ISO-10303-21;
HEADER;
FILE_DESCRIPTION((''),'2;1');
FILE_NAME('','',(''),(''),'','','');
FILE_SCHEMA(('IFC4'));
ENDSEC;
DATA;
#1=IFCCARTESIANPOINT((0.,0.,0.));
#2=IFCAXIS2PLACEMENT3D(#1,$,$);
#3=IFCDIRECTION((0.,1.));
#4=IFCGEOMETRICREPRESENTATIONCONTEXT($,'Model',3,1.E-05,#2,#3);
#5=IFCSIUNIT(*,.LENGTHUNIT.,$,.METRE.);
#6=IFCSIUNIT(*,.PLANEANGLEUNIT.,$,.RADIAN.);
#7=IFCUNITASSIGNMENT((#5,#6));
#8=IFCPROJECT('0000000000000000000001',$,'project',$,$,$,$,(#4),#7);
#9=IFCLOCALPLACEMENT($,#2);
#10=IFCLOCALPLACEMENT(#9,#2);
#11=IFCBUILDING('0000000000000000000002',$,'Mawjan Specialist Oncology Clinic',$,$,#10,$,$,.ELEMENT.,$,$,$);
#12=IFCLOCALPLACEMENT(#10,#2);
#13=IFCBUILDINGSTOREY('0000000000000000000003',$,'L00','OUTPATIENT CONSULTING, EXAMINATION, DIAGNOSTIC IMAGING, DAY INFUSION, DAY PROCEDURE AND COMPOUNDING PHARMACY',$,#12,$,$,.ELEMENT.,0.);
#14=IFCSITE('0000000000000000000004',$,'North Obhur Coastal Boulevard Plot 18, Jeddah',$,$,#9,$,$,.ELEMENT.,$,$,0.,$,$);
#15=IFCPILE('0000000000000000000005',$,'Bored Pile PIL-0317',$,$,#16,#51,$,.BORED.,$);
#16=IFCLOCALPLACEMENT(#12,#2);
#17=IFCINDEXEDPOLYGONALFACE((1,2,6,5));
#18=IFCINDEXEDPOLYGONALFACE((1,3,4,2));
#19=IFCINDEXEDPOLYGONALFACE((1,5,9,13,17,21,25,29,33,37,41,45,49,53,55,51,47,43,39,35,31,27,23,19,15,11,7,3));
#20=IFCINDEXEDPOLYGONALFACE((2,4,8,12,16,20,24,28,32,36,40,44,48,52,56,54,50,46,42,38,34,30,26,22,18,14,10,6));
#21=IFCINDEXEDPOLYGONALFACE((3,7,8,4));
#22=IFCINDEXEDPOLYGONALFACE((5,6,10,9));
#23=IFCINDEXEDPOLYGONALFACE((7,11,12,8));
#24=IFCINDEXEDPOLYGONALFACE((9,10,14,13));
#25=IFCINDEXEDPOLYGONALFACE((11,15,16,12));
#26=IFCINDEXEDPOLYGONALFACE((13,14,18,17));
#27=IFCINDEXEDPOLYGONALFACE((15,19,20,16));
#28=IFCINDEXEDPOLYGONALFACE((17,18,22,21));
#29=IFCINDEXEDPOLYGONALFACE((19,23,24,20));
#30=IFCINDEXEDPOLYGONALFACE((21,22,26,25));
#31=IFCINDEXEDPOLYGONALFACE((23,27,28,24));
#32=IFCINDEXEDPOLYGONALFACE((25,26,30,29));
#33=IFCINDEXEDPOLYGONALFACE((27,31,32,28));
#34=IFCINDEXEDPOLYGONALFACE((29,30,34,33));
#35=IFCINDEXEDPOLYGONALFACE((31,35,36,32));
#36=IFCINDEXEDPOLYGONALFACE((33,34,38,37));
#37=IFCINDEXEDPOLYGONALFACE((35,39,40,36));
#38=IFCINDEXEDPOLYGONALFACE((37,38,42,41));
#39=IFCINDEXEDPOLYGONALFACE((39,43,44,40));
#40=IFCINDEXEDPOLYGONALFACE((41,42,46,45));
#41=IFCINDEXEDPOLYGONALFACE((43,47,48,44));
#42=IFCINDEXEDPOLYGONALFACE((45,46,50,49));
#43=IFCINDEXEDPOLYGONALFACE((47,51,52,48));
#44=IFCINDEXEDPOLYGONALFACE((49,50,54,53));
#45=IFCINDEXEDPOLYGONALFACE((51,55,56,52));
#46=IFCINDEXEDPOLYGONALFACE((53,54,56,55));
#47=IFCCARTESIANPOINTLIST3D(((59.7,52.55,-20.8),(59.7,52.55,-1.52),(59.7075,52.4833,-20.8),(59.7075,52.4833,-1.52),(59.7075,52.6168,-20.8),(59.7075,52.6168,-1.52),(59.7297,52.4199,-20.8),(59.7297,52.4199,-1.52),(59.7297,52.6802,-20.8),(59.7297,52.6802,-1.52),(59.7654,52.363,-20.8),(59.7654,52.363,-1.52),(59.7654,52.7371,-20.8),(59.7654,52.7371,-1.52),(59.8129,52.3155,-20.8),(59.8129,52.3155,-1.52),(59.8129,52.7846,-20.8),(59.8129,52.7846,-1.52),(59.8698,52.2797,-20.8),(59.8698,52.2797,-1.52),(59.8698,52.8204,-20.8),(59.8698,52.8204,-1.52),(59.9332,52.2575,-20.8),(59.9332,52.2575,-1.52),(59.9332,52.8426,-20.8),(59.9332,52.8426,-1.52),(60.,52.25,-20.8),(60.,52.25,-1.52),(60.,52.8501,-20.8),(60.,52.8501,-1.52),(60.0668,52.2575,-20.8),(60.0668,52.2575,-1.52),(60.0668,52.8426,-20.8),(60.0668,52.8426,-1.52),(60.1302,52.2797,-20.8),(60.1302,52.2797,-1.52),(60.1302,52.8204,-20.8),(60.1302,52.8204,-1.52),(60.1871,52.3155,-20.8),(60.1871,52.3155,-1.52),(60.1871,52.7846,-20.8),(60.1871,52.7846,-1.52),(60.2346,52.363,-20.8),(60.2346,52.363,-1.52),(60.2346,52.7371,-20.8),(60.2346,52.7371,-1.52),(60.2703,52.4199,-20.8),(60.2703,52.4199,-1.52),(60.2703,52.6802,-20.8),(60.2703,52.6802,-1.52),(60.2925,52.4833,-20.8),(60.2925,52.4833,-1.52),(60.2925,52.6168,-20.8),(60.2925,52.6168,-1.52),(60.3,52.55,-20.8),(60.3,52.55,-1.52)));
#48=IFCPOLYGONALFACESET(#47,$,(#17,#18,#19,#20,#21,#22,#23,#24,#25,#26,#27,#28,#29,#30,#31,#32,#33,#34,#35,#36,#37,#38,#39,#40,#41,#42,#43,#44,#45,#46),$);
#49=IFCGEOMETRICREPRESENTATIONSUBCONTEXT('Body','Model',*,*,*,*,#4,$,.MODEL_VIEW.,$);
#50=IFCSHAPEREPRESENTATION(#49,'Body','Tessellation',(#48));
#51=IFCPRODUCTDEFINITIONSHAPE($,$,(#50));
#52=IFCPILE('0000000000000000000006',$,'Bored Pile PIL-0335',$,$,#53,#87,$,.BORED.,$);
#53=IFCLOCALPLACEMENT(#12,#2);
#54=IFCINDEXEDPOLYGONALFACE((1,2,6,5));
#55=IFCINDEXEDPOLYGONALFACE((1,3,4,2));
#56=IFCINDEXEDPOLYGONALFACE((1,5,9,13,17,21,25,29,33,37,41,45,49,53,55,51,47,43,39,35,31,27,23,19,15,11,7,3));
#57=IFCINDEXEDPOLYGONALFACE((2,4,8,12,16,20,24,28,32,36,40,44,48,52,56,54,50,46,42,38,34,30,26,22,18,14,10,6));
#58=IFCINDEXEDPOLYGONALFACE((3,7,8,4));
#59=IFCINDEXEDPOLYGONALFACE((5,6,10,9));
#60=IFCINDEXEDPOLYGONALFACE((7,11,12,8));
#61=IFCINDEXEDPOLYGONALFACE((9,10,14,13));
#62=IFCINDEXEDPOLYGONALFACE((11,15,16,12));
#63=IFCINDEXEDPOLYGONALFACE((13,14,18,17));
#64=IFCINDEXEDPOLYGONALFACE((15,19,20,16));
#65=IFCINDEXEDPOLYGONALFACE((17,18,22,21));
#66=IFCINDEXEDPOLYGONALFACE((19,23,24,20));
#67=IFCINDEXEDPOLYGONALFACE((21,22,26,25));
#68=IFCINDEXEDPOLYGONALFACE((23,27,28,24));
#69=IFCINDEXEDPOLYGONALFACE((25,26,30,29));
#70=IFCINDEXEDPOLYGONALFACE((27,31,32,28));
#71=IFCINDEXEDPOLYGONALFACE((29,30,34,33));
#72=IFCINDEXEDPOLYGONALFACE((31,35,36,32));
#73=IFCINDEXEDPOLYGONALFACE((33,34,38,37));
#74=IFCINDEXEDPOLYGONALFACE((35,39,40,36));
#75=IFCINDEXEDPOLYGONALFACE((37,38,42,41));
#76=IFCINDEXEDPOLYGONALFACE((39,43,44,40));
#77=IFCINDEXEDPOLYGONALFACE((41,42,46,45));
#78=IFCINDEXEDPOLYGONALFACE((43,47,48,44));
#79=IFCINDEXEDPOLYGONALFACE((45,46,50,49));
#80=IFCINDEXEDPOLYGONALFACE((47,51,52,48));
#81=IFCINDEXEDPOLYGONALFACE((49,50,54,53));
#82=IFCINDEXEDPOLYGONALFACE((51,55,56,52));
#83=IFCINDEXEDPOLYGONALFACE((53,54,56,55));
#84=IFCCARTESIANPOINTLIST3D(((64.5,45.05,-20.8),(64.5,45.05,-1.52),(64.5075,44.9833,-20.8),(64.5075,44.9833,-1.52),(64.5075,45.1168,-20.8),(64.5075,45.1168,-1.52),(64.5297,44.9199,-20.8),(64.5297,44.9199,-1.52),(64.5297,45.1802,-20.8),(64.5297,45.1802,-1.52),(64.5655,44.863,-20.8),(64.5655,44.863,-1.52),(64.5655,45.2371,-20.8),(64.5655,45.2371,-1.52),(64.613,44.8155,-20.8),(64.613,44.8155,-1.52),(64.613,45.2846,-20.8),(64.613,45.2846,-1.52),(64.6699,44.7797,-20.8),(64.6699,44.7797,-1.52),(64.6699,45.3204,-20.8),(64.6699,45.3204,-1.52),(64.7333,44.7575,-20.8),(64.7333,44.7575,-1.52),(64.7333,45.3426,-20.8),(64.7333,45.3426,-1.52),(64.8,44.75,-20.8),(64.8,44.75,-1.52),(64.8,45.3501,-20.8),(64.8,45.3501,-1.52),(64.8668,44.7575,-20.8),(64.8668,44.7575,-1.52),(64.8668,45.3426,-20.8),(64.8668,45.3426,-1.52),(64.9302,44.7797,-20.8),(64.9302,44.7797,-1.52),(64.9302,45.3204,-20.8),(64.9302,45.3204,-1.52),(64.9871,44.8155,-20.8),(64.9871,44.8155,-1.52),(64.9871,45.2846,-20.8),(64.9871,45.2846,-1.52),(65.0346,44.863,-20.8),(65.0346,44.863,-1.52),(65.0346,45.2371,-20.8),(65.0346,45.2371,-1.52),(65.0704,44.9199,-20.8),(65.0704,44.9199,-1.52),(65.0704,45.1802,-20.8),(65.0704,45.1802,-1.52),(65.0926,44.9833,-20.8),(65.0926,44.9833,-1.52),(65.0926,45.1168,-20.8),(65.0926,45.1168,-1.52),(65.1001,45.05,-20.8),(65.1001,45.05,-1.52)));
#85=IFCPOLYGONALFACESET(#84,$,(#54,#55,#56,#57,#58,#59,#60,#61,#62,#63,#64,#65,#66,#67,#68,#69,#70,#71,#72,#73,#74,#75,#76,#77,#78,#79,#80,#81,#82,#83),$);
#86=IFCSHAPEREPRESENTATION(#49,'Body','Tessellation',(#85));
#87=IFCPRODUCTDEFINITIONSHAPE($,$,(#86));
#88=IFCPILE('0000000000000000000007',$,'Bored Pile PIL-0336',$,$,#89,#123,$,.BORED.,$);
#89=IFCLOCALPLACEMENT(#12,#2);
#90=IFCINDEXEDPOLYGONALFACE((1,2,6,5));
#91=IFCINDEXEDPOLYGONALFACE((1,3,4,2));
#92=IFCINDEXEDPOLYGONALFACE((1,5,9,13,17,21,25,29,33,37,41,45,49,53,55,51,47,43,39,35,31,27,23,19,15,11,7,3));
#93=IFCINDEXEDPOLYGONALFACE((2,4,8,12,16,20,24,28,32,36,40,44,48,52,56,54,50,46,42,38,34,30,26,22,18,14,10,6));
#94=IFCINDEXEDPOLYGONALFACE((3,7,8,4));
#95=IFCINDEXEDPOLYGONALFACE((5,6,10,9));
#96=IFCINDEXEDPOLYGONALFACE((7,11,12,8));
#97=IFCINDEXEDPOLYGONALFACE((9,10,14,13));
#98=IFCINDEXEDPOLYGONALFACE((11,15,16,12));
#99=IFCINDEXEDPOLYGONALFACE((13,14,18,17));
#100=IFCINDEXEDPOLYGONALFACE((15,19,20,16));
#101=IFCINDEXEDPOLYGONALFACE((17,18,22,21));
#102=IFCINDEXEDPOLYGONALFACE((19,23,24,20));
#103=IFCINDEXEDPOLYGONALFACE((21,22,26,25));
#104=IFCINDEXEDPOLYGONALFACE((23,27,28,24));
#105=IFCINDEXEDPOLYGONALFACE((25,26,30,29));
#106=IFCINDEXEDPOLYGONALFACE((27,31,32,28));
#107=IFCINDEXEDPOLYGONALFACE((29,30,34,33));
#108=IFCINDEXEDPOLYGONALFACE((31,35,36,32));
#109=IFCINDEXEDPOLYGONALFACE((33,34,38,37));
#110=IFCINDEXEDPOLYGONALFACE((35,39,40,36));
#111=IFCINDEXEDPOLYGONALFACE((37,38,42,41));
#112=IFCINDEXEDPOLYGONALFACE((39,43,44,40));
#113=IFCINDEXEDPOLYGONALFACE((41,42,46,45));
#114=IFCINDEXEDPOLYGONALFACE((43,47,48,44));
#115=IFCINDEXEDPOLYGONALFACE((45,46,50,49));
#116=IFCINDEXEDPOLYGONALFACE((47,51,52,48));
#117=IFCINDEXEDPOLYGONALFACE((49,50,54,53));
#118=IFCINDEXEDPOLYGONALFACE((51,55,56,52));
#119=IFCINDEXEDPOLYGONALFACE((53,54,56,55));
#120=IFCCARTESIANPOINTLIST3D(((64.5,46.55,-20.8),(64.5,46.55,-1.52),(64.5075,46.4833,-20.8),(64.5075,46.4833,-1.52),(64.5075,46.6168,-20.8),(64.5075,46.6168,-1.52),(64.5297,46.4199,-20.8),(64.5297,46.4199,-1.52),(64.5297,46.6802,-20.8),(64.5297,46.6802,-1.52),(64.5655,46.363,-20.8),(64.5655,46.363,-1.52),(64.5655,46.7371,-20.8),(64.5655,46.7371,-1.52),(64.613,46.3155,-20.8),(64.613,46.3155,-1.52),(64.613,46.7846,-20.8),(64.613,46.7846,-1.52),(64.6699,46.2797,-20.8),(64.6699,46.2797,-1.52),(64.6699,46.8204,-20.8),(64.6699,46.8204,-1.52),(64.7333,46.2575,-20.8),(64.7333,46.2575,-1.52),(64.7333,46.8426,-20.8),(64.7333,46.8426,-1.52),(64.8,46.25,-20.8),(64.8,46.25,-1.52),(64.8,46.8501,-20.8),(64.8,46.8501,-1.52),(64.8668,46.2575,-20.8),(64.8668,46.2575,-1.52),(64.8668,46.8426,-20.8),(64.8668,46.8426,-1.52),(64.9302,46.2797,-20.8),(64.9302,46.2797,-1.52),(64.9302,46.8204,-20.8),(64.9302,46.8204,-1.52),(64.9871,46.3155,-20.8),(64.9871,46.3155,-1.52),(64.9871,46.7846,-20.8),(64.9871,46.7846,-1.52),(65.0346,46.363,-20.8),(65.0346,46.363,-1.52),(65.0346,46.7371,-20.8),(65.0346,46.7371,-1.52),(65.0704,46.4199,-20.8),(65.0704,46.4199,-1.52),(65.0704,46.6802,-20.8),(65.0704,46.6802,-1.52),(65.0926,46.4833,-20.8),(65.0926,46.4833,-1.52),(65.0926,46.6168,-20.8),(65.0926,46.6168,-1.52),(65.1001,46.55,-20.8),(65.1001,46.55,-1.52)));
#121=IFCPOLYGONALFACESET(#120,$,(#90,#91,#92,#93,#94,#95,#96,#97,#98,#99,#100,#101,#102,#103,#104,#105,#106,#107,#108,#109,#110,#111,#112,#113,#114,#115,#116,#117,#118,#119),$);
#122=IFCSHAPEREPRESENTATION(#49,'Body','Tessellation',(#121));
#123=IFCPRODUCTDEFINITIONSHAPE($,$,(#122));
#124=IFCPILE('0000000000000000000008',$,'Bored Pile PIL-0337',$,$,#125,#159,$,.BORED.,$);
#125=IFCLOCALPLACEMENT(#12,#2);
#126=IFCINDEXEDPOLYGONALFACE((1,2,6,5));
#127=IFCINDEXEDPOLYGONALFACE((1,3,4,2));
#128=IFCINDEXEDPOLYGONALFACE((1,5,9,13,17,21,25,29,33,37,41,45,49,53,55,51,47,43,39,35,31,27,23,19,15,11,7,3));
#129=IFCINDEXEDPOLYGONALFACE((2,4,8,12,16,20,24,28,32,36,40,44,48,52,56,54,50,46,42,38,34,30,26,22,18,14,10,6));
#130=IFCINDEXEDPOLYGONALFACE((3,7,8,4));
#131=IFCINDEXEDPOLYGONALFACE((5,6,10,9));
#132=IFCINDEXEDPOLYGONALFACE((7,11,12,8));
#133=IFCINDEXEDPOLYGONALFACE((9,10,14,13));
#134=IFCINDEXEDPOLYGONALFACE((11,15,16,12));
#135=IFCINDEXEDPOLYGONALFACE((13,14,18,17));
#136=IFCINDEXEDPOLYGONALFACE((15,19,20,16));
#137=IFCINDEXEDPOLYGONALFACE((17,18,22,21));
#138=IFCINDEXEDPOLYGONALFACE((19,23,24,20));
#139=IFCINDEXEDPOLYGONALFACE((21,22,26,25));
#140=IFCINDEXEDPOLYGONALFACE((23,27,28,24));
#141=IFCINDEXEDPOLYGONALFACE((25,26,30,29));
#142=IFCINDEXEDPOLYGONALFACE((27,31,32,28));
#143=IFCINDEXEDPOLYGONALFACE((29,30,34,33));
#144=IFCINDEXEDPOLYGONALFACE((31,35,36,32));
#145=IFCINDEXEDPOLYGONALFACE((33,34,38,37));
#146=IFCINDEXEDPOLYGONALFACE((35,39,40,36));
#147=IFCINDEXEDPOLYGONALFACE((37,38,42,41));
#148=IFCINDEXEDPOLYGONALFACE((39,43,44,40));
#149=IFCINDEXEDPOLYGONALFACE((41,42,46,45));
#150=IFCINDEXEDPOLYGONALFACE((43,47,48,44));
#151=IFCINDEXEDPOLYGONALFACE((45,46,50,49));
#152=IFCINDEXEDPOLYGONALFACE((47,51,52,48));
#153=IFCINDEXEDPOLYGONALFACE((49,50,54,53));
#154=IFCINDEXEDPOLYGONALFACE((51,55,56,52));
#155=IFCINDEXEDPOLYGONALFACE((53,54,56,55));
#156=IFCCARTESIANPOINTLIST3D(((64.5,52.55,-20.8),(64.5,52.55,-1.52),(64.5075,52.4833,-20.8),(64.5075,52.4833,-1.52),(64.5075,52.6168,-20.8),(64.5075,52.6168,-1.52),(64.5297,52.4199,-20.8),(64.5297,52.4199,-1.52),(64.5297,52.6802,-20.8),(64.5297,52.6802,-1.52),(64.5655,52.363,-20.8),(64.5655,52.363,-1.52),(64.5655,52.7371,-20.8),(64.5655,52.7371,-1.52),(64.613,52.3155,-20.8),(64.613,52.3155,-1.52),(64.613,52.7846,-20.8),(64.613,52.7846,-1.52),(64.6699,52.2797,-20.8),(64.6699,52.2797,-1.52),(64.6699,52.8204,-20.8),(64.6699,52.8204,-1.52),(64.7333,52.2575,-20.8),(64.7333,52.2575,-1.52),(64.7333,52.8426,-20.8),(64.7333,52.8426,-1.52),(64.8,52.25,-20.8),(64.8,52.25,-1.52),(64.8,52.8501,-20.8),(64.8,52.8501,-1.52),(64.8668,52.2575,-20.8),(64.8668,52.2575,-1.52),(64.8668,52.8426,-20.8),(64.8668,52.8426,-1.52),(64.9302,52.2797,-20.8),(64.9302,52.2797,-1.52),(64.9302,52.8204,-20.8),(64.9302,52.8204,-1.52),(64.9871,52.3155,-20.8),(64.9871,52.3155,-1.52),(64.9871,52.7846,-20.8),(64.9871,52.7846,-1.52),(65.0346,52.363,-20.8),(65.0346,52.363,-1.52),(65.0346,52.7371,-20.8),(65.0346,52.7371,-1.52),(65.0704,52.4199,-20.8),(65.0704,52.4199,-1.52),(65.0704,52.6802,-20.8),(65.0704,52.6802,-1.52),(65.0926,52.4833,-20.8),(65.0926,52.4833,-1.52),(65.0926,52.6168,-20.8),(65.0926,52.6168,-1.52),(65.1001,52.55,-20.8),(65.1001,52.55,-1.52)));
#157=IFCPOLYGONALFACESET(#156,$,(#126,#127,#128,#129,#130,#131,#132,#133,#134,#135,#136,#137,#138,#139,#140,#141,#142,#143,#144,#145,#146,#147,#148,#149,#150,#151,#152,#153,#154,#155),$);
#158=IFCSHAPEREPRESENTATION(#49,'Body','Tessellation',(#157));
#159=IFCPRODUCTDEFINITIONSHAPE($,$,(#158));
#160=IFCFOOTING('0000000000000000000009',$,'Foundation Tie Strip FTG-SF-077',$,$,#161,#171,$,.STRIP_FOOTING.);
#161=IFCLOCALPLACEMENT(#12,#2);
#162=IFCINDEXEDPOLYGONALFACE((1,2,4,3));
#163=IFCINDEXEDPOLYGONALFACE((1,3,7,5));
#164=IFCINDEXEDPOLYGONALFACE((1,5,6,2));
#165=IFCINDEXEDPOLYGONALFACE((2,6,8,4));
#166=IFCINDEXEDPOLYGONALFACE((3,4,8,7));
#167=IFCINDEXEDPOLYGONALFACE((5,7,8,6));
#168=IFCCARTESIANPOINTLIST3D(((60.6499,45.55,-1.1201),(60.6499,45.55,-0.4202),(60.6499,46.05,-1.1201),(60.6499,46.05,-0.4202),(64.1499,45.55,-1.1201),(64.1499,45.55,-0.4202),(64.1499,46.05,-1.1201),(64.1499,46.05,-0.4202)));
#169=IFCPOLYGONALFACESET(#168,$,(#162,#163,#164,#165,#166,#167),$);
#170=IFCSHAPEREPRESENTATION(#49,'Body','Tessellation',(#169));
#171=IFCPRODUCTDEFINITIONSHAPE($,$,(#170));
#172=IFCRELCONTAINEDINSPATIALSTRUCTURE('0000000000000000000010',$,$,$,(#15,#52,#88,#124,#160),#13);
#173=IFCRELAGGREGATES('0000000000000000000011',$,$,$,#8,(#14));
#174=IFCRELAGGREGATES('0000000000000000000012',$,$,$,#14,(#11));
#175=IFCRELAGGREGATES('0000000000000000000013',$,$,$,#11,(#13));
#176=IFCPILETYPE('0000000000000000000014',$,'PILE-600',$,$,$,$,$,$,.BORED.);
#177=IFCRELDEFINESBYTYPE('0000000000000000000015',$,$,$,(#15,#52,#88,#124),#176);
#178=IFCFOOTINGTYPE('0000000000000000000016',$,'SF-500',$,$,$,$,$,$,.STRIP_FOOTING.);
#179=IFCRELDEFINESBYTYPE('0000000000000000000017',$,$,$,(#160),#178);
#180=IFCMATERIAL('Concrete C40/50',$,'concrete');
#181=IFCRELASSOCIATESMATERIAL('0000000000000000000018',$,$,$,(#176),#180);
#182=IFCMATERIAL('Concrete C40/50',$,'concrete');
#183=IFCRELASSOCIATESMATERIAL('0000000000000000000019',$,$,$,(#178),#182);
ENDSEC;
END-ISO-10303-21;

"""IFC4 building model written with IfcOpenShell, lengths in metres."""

from ifc_helpers import new_model, si_unit, direction, frame, origin, origin_2d, place, context, subcontext, project, spatial, rectangle, circle, extrude, material, material_profile, profile_set, type_object, element, save


model = new_model("IFC4")

# Units and contexts
model_context = context("Model", 3, precision=1e-05, world=origin(), true_north=direction((0.0, 1.0)))
body_context = subcontext(model_context, "Body", "Model", "MODEL_VIEW")
ifc_project = project(units=[si_unit("LENGTHUNIT", "METRE"), si_unit("PLANEANGLEUNIT", "RADIAN")], contexts=[model_context])

# Site, building, storey
site_placement = place(None, origin())
site = spatial("IfcSite", under=ifc_project, at=site_placement, Name="North Obhur Coastal Boulevard Plot 18, Jeddah", CompositionType="ELEMENT", RefElevation=0.0)
building_placement = place(site_placement, origin())
building = spatial("IfcBuilding", under=site, at=building_placement, Name="Mawjan Specialist Oncology Clinic", CompositionType="ELEMENT")
storey_placement = place(building_placement, origin())
storey = spatial("IfcBuildingStorey", under=building, at=storey_placement, Name="L00", Description="OUTPATIENT CONSULTING, EXAMINATION, DIAGNOSTIC IMAGING, DAY INFUSION, DAY PROCEDURE AND COMPOUNDING PHARMACY", CompositionType="ELEMENT", Elevation=0.0)

# Piles
ifc_material_1 = material(Name="Concrete C40/50", Category="concrete")
ifc_material_profile_1 = material_profile(ifc_material_1, circle(Radius=0.3, at=origin_2d()), Name="BORED PILE D600", Category="concrete")
ifc_profile_set_1 = profile_set([ifc_material_profile_1], Name="Concrete C40/50")
pile_type = type_object("IfcPileType", Name="PILE-600", PredefinedType="BORED", material=ifc_profile_set_1)
for number, where, z_axis, x_axis, name in (
    (1, (60.0, 52.55, -1.52), (0.0, 0.0, -1.0), (1.0, 0.0, 0.0), "Bored Pile PIL-0317"),
    (2, (64.8, 45.05, -1.52), (0.0, 0.0, -1.0), (1.0, 0.0, 0.0), "Bored Pile PIL-0335"),
    (3, (64.8, 46.55, -1.52), (0.0, 0.0, -1.0), (1.0, 0.0, 0.0), "Bored Pile PIL-0336"),
    (4, (64.8, 52.55, -1.52), (0.0, 0.0, -1.0), (1.0, 0.0, 0.0), "Bored Pile PIL-0337"),
):
    element("IfcPile", number, at=place(storey_placement, frame(where, z_axis=z_axis, x_axis=x_axis)), inside=storey, type_object=pile_type, Name=name, PredefinedType="BORED", context=body_context, shape_type="SweptSolid", body=[
        extrude(circle(Radius=0.3, at=origin_2d()), origin(), (0.0, 0.0, 1.0), 19.28),
    ])

# Footing
ifc_material_2 = material(Name="Concrete C40/50", Category="concrete")
footing_type_1 = type_object("IfcFootingType", Name="SF-500", PredefinedType="STRIP_FOOTING", material=ifc_material_2)
footing_1_placement = place(storey_placement, frame((62.3999, 45.8, -1.1201), z_axis=(0.0, 0.0, 1.0), x_axis=(1.0, 0.0, 0.0)))
element("IfcFooting", 5, at=footing_1_placement, inside=storey, type_object=footing_type_1, Name="Foundation Tie Strip FTG-SF-077", PredefinedType="STRIP_FOOTING", context=body_context, shape_type="SweptSolid", body=[
    extrude(rectangle(XDim=3.5, YDim=0.5, at=origin_2d()), origin(), (0.0, 0.0, 1.0), 0.7),
])

save(model, "model.ifc")
